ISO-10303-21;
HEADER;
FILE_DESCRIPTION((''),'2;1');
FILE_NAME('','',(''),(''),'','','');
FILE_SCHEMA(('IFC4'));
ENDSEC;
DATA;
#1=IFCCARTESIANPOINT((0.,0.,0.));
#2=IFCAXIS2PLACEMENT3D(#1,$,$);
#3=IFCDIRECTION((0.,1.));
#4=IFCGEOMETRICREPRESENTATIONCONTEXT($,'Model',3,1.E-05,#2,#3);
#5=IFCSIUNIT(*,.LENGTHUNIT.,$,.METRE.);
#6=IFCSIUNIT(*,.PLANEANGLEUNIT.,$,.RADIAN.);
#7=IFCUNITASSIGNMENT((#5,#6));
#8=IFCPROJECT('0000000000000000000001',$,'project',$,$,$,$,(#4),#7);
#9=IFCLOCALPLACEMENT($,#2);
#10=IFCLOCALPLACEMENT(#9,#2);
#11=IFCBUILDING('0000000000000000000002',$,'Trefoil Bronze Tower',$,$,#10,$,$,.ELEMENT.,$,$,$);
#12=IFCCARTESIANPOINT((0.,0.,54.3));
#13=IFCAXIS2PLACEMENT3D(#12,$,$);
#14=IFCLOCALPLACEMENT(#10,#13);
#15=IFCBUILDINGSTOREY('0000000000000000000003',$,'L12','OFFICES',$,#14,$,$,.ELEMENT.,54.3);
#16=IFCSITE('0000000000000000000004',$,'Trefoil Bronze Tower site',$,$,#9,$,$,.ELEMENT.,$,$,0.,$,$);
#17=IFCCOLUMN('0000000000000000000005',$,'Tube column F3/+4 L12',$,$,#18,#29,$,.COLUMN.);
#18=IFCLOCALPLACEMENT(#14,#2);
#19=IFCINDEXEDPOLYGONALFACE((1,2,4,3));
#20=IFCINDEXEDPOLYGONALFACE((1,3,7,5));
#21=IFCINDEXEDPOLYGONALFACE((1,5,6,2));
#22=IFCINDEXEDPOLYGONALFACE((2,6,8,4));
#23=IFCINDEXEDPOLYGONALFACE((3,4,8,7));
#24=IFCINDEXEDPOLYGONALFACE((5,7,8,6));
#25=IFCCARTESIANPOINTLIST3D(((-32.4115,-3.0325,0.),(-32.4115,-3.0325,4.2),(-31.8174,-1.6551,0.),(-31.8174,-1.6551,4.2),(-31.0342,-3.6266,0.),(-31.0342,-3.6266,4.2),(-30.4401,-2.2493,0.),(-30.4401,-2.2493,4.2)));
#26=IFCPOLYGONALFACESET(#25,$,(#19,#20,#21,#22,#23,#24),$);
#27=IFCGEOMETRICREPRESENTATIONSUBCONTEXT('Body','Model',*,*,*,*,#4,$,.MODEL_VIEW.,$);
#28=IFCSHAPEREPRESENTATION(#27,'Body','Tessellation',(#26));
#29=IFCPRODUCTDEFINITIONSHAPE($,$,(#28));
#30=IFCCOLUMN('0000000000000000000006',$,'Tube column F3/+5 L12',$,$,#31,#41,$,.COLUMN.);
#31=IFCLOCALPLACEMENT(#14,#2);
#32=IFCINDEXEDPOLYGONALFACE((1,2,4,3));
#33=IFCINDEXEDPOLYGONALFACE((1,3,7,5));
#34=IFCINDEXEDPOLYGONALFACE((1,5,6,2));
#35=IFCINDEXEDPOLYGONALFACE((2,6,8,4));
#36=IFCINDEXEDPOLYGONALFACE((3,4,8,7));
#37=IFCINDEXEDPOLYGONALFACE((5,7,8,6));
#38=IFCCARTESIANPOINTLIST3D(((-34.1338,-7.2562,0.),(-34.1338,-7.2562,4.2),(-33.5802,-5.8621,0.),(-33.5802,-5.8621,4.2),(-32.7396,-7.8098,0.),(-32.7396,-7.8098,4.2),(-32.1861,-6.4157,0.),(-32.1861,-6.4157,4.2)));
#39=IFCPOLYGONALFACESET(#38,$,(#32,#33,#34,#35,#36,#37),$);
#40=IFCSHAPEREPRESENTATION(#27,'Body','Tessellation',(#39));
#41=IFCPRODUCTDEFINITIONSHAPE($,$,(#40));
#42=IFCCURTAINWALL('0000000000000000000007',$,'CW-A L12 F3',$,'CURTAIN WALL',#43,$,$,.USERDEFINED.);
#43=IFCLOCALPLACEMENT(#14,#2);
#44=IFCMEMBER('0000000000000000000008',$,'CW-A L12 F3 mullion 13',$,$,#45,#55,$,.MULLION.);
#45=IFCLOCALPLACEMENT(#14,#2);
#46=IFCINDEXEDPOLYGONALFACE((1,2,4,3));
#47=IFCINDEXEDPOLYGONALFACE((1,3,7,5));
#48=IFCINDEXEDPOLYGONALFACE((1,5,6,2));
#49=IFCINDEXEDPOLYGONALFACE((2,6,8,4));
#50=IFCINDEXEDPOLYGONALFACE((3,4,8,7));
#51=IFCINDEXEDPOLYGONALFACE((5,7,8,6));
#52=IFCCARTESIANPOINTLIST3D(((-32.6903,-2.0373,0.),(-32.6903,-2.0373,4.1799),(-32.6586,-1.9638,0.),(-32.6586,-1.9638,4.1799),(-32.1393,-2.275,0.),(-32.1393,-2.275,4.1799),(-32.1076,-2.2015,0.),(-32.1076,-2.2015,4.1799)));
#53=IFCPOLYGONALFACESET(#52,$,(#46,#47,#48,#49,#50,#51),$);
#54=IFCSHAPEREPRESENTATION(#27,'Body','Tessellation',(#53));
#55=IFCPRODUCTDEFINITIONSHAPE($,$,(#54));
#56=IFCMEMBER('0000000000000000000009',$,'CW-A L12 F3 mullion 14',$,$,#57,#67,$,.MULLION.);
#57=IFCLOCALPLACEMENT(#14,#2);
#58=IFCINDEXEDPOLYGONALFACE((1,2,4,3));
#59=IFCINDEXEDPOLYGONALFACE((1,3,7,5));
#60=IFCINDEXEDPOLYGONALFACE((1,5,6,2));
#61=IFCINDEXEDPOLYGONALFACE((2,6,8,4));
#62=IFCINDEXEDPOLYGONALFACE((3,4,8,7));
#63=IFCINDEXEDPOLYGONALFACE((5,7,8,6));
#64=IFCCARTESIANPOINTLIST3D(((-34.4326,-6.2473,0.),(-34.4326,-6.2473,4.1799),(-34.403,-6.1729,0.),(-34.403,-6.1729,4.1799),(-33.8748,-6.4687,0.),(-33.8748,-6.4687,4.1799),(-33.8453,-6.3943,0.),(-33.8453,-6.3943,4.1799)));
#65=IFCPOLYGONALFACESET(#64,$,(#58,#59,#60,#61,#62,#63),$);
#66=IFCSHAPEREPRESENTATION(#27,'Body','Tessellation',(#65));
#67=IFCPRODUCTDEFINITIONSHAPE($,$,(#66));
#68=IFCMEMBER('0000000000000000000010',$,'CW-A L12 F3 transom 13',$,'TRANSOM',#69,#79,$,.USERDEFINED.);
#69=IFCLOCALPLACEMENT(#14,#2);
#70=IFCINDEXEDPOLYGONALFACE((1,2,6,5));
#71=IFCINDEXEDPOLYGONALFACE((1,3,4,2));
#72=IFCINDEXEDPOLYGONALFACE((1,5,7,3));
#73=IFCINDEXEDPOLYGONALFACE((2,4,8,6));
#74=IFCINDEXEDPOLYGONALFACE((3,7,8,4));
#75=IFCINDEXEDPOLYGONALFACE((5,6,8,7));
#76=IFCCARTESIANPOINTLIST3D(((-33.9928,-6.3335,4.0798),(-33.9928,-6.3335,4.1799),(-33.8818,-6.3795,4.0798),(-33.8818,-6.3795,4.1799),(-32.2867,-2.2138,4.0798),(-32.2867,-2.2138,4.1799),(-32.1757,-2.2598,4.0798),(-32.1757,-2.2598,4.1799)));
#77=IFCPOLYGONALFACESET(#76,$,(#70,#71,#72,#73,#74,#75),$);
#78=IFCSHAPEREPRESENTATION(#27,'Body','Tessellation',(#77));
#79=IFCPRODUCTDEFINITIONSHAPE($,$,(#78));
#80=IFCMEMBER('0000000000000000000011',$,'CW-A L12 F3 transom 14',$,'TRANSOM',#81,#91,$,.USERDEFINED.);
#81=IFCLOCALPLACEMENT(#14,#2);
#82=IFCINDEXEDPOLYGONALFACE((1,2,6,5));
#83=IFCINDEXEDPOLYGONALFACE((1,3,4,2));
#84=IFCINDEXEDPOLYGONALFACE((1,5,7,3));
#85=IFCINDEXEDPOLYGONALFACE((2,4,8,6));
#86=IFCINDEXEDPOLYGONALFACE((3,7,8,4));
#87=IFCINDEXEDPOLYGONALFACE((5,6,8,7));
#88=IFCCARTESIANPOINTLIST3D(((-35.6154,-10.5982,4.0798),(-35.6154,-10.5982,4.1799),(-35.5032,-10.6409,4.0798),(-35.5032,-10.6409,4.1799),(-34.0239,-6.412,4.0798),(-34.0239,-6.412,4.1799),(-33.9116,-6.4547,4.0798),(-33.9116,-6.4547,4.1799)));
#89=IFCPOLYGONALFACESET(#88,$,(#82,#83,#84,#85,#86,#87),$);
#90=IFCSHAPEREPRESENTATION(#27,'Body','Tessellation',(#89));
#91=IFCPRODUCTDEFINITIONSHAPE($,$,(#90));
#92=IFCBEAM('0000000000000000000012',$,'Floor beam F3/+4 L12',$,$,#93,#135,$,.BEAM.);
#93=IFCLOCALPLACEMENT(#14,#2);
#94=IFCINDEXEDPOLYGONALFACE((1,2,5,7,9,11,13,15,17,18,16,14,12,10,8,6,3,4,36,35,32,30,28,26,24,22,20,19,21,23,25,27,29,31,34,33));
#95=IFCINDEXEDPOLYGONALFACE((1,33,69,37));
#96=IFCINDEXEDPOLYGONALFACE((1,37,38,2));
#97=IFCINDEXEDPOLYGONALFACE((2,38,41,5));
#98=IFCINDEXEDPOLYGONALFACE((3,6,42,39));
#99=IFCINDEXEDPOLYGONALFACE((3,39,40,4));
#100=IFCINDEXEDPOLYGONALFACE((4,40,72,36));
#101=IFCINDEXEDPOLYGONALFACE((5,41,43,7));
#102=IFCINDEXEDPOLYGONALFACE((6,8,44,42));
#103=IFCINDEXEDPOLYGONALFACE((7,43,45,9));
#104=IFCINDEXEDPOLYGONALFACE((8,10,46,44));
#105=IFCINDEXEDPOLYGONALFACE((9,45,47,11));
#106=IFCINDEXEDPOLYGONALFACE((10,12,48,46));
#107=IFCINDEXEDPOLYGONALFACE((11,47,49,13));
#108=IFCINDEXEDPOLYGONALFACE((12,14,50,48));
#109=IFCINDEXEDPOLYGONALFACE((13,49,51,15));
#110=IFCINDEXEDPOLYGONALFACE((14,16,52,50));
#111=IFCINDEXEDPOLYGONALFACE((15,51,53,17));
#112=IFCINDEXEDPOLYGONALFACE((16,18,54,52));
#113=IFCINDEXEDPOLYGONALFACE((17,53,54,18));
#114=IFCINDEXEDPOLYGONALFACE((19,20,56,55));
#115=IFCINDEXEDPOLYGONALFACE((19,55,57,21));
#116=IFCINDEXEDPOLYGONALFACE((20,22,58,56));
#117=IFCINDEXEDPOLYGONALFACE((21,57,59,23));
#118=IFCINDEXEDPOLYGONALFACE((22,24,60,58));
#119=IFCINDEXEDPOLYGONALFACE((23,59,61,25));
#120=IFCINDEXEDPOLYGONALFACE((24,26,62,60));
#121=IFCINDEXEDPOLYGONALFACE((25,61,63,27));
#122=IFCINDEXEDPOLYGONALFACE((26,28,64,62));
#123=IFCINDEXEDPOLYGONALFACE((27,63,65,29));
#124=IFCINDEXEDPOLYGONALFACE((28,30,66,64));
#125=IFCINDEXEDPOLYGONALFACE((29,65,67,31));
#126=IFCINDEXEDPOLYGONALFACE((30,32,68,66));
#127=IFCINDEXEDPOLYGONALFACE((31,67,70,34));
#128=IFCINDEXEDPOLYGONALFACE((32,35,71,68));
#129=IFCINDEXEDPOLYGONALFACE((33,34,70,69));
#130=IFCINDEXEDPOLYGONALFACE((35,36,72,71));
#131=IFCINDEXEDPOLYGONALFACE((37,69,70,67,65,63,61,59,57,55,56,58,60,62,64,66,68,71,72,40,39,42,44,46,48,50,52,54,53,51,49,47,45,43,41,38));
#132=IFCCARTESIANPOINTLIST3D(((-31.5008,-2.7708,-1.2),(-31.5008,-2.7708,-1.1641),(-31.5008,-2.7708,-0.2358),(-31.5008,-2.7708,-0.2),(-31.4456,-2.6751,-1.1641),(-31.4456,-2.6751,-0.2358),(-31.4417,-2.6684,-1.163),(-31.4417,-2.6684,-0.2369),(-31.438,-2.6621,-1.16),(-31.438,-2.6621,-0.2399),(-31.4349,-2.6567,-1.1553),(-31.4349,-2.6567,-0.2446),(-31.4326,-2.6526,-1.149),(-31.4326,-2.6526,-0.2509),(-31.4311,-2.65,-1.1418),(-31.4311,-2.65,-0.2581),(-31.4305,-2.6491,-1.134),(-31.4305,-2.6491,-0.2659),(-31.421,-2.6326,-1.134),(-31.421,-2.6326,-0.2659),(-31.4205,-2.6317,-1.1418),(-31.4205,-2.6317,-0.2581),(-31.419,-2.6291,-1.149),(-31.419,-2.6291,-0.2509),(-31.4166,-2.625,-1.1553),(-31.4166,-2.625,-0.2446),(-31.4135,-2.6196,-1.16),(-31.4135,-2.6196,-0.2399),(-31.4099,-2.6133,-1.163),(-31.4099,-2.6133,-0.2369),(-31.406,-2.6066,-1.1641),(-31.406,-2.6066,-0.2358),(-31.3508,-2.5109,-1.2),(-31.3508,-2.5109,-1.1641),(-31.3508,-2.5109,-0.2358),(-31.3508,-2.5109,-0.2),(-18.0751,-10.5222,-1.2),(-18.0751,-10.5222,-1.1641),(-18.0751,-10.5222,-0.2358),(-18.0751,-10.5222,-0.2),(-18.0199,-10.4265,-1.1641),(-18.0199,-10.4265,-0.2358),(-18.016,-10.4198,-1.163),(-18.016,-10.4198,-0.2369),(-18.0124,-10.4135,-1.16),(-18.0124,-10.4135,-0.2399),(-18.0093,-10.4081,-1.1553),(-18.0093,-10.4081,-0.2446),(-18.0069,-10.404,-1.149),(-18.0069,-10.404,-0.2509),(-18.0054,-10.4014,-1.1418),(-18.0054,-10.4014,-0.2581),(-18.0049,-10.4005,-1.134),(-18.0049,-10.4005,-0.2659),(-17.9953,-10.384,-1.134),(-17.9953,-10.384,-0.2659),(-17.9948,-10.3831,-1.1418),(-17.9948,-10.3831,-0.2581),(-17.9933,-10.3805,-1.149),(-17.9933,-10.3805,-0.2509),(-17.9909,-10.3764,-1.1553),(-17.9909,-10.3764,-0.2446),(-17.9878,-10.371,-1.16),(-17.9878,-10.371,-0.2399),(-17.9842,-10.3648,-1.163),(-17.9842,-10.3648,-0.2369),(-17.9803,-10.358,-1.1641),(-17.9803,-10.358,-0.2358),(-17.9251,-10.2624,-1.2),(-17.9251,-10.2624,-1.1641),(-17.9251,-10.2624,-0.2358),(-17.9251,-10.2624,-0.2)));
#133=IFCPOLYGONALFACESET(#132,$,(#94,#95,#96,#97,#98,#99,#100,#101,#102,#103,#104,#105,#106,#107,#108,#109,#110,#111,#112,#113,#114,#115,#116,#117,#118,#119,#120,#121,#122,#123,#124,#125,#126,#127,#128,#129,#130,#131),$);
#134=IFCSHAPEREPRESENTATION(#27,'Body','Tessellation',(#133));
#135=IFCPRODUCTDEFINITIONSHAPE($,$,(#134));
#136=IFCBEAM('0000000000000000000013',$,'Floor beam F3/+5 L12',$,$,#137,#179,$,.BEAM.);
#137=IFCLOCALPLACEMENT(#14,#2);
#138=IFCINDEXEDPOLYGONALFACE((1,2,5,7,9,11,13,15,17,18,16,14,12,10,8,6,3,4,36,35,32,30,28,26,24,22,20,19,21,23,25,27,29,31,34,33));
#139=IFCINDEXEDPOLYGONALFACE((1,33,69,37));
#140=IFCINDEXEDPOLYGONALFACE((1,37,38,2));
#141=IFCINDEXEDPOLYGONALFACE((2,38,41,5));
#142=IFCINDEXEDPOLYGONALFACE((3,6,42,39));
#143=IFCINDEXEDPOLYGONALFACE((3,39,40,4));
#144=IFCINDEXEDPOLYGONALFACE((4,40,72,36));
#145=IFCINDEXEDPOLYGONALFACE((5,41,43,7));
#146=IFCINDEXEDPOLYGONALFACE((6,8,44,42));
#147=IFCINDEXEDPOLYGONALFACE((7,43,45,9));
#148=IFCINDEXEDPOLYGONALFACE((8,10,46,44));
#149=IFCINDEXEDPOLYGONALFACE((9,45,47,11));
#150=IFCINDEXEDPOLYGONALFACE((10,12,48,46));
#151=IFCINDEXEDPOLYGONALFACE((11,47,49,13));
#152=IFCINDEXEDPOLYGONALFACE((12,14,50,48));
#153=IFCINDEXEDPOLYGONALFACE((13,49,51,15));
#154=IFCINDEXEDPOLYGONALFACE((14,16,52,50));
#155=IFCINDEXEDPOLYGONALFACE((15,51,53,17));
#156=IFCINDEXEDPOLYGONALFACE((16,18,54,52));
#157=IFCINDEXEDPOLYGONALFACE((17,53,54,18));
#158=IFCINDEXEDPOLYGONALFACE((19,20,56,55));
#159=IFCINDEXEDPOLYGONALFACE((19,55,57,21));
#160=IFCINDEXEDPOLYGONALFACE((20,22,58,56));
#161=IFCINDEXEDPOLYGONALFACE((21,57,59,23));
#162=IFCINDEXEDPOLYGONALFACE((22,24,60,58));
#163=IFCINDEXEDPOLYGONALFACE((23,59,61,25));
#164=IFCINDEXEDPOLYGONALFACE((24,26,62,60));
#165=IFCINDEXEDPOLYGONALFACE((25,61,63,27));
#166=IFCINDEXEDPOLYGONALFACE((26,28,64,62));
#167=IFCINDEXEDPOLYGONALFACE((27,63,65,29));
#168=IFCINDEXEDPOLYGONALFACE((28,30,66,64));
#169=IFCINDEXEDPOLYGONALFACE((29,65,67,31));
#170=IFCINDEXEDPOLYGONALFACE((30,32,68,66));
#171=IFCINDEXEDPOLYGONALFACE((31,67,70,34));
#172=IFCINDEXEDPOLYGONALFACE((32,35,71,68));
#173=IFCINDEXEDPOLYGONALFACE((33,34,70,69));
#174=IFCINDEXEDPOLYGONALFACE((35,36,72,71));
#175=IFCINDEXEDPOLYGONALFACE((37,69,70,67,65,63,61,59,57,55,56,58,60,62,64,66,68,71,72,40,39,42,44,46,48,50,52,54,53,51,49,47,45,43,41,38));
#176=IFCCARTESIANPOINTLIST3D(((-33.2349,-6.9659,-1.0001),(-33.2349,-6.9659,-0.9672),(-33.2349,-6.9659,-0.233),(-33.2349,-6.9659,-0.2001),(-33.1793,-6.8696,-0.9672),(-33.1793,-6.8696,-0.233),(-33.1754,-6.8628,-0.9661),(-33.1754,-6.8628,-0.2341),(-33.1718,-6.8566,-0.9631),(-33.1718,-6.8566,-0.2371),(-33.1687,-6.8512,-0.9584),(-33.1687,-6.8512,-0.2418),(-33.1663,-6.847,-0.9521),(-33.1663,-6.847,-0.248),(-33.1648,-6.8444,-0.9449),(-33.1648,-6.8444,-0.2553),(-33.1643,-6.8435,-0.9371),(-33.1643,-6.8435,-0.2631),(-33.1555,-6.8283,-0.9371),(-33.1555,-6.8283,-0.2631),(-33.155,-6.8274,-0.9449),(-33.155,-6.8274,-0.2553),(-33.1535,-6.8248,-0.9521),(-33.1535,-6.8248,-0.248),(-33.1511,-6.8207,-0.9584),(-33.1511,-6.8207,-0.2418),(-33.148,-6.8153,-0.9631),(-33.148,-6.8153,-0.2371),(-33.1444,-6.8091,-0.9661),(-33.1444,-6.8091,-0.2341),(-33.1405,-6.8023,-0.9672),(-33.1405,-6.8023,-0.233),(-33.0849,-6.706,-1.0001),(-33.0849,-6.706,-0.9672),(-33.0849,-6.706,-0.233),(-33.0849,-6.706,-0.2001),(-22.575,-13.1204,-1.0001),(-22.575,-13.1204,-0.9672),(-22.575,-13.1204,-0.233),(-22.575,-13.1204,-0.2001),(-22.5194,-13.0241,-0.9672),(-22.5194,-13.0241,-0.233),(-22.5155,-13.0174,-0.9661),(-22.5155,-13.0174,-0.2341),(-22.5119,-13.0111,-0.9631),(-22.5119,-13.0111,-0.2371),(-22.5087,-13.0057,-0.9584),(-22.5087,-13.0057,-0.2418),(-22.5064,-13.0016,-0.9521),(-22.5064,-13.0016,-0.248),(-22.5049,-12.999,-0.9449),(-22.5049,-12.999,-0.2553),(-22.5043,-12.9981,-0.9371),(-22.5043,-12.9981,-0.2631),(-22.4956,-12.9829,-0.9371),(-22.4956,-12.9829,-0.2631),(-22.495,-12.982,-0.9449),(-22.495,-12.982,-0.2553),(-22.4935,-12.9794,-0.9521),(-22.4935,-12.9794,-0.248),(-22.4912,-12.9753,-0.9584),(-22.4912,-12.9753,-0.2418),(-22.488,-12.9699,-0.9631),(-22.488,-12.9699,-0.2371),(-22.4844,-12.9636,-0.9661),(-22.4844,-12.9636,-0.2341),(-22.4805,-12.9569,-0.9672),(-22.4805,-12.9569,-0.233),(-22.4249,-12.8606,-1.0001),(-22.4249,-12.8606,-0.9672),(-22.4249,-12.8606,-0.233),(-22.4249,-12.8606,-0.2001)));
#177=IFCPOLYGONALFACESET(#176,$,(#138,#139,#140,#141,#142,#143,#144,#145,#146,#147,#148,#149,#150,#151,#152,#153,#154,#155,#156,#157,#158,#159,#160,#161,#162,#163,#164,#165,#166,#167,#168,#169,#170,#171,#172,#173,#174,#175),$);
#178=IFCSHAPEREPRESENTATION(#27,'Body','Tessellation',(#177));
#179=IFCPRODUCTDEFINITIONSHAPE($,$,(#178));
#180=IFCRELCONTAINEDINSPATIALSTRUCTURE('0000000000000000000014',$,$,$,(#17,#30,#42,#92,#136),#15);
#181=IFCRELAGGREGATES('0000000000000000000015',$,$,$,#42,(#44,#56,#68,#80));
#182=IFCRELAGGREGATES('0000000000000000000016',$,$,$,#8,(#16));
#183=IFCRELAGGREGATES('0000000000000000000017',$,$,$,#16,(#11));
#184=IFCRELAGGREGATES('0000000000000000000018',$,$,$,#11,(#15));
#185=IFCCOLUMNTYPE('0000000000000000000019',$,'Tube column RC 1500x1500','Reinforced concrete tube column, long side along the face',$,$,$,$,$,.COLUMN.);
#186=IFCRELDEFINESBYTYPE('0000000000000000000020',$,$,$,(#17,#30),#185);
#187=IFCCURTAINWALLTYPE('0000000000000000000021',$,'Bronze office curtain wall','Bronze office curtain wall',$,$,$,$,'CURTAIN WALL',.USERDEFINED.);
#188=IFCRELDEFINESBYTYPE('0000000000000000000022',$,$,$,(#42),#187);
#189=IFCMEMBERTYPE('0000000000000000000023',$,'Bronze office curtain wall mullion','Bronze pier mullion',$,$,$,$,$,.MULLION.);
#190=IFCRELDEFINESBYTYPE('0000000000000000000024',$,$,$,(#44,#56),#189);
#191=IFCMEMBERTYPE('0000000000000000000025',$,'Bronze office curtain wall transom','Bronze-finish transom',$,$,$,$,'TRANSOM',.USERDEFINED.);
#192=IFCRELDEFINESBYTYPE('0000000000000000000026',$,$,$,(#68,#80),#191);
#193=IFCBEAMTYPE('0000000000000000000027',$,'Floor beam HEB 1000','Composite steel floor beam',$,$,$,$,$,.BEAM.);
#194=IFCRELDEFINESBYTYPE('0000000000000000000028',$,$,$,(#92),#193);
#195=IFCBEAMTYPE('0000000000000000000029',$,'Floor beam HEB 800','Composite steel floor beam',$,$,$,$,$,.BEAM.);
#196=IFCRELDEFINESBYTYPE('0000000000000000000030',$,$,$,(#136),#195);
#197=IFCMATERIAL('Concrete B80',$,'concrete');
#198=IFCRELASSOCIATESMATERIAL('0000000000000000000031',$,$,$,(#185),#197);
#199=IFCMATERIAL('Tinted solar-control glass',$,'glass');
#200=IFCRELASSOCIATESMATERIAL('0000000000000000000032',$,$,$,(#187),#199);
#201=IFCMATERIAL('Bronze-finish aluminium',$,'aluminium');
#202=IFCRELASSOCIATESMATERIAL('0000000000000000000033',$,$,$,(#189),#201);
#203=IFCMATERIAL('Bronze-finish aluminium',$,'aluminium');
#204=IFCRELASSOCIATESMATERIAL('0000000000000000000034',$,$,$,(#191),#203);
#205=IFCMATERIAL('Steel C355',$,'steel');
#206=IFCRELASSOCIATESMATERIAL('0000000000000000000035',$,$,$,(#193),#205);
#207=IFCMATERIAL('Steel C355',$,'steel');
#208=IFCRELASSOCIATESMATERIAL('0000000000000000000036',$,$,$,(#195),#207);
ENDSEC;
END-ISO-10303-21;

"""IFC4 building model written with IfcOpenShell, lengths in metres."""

from ifc_helpers import new_model, si_unit, direction, frame, origin, origin_2d, place, context, subcontext, project, spatial, rectangle, i_section, extrude, material, material_profile, profile_set, type_object, element, aggregate, save


model = new_model("IFC4")

# Units and contexts
model_context = context("Model", 3, precision=1e-05, world=origin(), true_north=direction((0.0, 1.0)))
body_context = subcontext(model_context, "Body", "Model", "MODEL_VIEW")
ifc_project = project(units=[si_unit("LENGTHUNIT", "METRE"), si_unit("PLANEANGLEUNIT", "RADIAN")], contexts=[model_context])

# Site, building, storey
site_placement = place(None, origin())
site = spatial("IfcSite", under=ifc_project, at=site_placement, Name="Trefoil Bronze Tower site", CompositionType="ELEMENT", RefElevation=0.0)
building_placement = place(site_placement, origin())
building = spatial("IfcBuilding", under=site, at=building_placement, Name="Trefoil Bronze Tower", CompositionType="ELEMENT")
storey_placement = place(building_placement, frame((0.0, 0.0, 54.3)))
storey = spatial("IfcBuildingStorey", under=building, at=storey_placement, Name="L12", Description="OFFICES", CompositionType="ELEMENT", Elevation=54.3)

# Columns
ifc_material_1 = material(Name="Concrete B80", Category="concrete")
ifc_material_profile_1 = material_profile(ifc_material_1, rectangle(XDim=1.5, YDim=1.5, at=origin_2d()), Name="RC 1500x1500")
ifc_profile_set_1 = profile_set([ifc_material_profile_1], Name="Concrete B80")
column_type = type_object("IfcColumnType", Name="Tube column RC 1500x1500", Description="Reinforced concrete tube column, long side along the face", PredefinedType="COLUMN", material=ifc_profile_set_1)
for number, where, z_axis, x_axis, name in (
    (1, (-31.4258, -2.6409, 0.0), (0.0, 0.0, 1.0), (-0.396085, -0.918214, 0.0), "Tube column F3/+4 L12"),
    (2, (-33.1599, -6.8359, 0.0), (0.0, 0.0, 1.0), (-0.36904, -0.929414, 0.0), "Tube column F3/+5 L12"),
):
    element("IfcColumn", number, at=place(storey_placement, frame(where, z_axis=z_axis, x_axis=x_axis)), inside=storey, type_object=column_type, Name=name, PredefinedType="COLUMN", context=body_context, shape_type="SweptSolid", body=[
        extrude(rectangle(XDim=1.5, YDim=1.5, at=origin_2d()), origin(), (0.0, 0.0, 1.0), 4.2),
    ])

# Curtain wall, members
ifc_material_2 = material(Name="Tinted solar-control glass", Category="glass")
curtain_wall_type = type_object("IfcCurtainWallType", Name="Bronze office curtain wall", Description="Bronze office curtain wall", ElementType="CURTAIN WALL", PredefinedType="USERDEFINED", material=ifc_material_2)
curtain_wall_placement = place(storey_placement, origin())
curtain_wall = element("IfcCurtainWall", 3, at=curtain_wall_placement, inside=storey, type_object=curtain_wall_type, Name="CW-A L12 F3", ObjectType="CURTAIN WALL", PredefinedType="USERDEFINED")
ifc_material_3 = material(Name="Bronze-finish aluminium", Category="aluminium")
ifc_material_profile_2 = material_profile(ifc_material_3, rectangle(XDim=0.6001, YDim=0.0801, at=origin_2d()), Name="CW-A mullion")
ifc_profile_set_2 = profile_set([ifc_material_profile_2], Name="Bronze-finish aluminium")
member_type_1 = type_object("IfcMemberType", Name="Bronze office curtain wall mullion", Description="Bronze pier mullion", PredefinedType="MULLION", material=ifc_profile_set_2)
member_1_placement = place(storey_placement, frame((-32.3989, -2.1194, 0.0), z_axis=(0.0, 0.0, 1.0), x_axis=(0.918214, -0.396085, 0.0)))
member_1 = element("IfcMember", 4, at=member_1_placement, type_object=member_type_1, Name="CW-A L12 F3 mullion 13", PredefinedType="MULLION", context=body_context, shape_type="SweptSolid", body=[
    extrude(rectangle(XDim=0.6001, YDim=0.0801, at=origin_2d()), origin(), (0.0, 0.0, 1.0), 4.1799),
])
member_2_placement = place(storey_placement, frame((-34.1389, -6.3208, 0.0), z_axis=(0.0, 0.0, 1.0), x_axis=(0.929414, -0.36904, 0.0)))
member_2 = element("IfcMember", 5, at=member_2_placement, type_object=member_type_1, Name="CW-A L12 F3 mullion 14", PredefinedType="MULLION", context=body_context, shape_type="SweptSolid", body=[
    extrude(rectangle(XDim=0.6001, YDim=0.0801, at=origin_2d()), origin(), (0.0, 0.0, 1.0), 4.1799),
])
ifc_material_4 = material(Name="Bronze-finish aluminium", Category="aluminium")
ifc_material_profile_3 = material_profile(ifc_material_4, rectangle(XDim=0.1201, YDim=0.1001, at=origin_2d()), Name="CW-A transom")
ifc_profile_set_3 = profile_set([ifc_material_profile_3], Name="Bronze-finish aluminium")
member_type_2 = type_object("IfcMemberType", Name="Bronze office curtain wall transom", Description="Bronze-finish transom", ElementType="TRANSOM", PredefinedType="USERDEFINED", material=ifc_profile_set_3)
member_3_placement = place(storey_placement, frame((-32.2312, -2.2368, 4.1299), z_axis=(-0.382616, -0.923907, 0.0), x_axis=(0.923907, -0.382616, 0.0)))
member_3 = element("IfcMember", 6, at=member_3_placement, type_object=member_type_2, Name="CW-A L12 F3 transom 13", ObjectType="TRANSOM", PredefinedType="USERDEFINED", context=body_context, shape_type="SweptSolid", body=[
    extrude(rectangle(XDim=0.1201, YDim=0.1001, at=origin_2d()), origin(), (0.0, 0.0, 1.0), 4.459),
])
member_4_placement = place(storey_placement, frame((-33.9678, -6.4333, 4.1299), z_axis=(-0.355367, -0.934727, 0.0), x_axis=(0.934727, -0.355367, 0.0)))
member_4 = element("IfcMember", 7, at=member_4_placement, type_object=member_type_2, Name="CW-A L12 F3 transom 14", ObjectType="TRANSOM", PredefinedType="USERDEFINED", context=body_context, shape_type="SweptSolid", body=[
    extrude(rectangle(XDim=0.1201, YDim=0.1001, at=origin_2d()), origin(), (0.0, 0.0, 1.0), 4.4785),
])

# Beams
ifc_material_5 = material(Name="Steel C355", Category="steel")
ifc_material_profile_4 = material_profile(ifc_material_5, i_section(OverallWidth=0.3, OverallDepth=1.0, WebThickness=0.019, FlangeThickness=0.0359, FilletRadius=0.03, at=origin_2d()), Name="HEB 1000")
ifc_profile_set_4 = profile_set([ifc_material_profile_4], Name="Steel C355")
beam_type_1 = type_object("IfcBeamType", Name="Floor beam HEB 1000", Description="Composite steel floor beam", PredefinedType="BEAM", material=ifc_profile_set_4)
beam_1_placement = place(storey_placement, frame((-31.4258, -2.6409, -0.7), z_axis=(0.866023, -0.500004, 0.0), x_axis=(0.500004, 0.866023, 0.0)))
element("IfcBeam", 8, at=beam_1_placement, inside=storey, type_object=beam_type_1, Name="Floor beam F3/+4 L12", PredefinedType="BEAM", context=body_context, shape_type="SweptSolid", body=[
    extrude(i_section(OverallWidth=0.3, OverallDepth=1.0, WebThickness=0.019, FlangeThickness=0.0359, FilletRadius=0.03, at=origin_2d()), origin(), (0.0, 0.0, 1.0), 15.5027),
])
ifc_material_6 = material(Name="Steel C355", Category="steel")
ifc_material_profile_5 = material_profile(ifc_material_6, i_section(OverallWidth=0.3, OverallDepth=0.8, WebThickness=0.0176, FlangeThickness=0.033, FilletRadius=0.03, at=origin_2d()), Name="HEB 800")
ifc_profile_set_5 = profile_set([ifc_material_profile_5], Name="Steel C355")
beam_type_2 = type_object("IfcBeamType", Name="Floor beam HEB 800", Description="Composite steel floor beam", PredefinedType="BEAM", material=ifc_profile_set_5)
beam_2_placement = place(storey_placement, frame((-33.1599, -6.8359, -0.6001), z_axis=(0.866024, -0.500002, 0.0), x_axis=(0.500002, 0.866024, 0.0)))
element("IfcBeam", 9, at=beam_2_placement, inside=storey, type_object=beam_type_2, Name="Floor beam F3/+5 L12", PredefinedType="BEAM", context=body_context, shape_type="SweptSolid", body=[
    extrude(i_section(OverallWidth=0.3, OverallDepth=0.8, WebThickness=0.0176, FlangeThickness=0.033, FilletRadius=0.03, at=origin_2d()), origin(), (0.0, 0.0, 1.0), 12.3091),
])

aggregate(curtain_wall, [member_1, member_2, member_3, member_4])

save(model, "model.ifc")
